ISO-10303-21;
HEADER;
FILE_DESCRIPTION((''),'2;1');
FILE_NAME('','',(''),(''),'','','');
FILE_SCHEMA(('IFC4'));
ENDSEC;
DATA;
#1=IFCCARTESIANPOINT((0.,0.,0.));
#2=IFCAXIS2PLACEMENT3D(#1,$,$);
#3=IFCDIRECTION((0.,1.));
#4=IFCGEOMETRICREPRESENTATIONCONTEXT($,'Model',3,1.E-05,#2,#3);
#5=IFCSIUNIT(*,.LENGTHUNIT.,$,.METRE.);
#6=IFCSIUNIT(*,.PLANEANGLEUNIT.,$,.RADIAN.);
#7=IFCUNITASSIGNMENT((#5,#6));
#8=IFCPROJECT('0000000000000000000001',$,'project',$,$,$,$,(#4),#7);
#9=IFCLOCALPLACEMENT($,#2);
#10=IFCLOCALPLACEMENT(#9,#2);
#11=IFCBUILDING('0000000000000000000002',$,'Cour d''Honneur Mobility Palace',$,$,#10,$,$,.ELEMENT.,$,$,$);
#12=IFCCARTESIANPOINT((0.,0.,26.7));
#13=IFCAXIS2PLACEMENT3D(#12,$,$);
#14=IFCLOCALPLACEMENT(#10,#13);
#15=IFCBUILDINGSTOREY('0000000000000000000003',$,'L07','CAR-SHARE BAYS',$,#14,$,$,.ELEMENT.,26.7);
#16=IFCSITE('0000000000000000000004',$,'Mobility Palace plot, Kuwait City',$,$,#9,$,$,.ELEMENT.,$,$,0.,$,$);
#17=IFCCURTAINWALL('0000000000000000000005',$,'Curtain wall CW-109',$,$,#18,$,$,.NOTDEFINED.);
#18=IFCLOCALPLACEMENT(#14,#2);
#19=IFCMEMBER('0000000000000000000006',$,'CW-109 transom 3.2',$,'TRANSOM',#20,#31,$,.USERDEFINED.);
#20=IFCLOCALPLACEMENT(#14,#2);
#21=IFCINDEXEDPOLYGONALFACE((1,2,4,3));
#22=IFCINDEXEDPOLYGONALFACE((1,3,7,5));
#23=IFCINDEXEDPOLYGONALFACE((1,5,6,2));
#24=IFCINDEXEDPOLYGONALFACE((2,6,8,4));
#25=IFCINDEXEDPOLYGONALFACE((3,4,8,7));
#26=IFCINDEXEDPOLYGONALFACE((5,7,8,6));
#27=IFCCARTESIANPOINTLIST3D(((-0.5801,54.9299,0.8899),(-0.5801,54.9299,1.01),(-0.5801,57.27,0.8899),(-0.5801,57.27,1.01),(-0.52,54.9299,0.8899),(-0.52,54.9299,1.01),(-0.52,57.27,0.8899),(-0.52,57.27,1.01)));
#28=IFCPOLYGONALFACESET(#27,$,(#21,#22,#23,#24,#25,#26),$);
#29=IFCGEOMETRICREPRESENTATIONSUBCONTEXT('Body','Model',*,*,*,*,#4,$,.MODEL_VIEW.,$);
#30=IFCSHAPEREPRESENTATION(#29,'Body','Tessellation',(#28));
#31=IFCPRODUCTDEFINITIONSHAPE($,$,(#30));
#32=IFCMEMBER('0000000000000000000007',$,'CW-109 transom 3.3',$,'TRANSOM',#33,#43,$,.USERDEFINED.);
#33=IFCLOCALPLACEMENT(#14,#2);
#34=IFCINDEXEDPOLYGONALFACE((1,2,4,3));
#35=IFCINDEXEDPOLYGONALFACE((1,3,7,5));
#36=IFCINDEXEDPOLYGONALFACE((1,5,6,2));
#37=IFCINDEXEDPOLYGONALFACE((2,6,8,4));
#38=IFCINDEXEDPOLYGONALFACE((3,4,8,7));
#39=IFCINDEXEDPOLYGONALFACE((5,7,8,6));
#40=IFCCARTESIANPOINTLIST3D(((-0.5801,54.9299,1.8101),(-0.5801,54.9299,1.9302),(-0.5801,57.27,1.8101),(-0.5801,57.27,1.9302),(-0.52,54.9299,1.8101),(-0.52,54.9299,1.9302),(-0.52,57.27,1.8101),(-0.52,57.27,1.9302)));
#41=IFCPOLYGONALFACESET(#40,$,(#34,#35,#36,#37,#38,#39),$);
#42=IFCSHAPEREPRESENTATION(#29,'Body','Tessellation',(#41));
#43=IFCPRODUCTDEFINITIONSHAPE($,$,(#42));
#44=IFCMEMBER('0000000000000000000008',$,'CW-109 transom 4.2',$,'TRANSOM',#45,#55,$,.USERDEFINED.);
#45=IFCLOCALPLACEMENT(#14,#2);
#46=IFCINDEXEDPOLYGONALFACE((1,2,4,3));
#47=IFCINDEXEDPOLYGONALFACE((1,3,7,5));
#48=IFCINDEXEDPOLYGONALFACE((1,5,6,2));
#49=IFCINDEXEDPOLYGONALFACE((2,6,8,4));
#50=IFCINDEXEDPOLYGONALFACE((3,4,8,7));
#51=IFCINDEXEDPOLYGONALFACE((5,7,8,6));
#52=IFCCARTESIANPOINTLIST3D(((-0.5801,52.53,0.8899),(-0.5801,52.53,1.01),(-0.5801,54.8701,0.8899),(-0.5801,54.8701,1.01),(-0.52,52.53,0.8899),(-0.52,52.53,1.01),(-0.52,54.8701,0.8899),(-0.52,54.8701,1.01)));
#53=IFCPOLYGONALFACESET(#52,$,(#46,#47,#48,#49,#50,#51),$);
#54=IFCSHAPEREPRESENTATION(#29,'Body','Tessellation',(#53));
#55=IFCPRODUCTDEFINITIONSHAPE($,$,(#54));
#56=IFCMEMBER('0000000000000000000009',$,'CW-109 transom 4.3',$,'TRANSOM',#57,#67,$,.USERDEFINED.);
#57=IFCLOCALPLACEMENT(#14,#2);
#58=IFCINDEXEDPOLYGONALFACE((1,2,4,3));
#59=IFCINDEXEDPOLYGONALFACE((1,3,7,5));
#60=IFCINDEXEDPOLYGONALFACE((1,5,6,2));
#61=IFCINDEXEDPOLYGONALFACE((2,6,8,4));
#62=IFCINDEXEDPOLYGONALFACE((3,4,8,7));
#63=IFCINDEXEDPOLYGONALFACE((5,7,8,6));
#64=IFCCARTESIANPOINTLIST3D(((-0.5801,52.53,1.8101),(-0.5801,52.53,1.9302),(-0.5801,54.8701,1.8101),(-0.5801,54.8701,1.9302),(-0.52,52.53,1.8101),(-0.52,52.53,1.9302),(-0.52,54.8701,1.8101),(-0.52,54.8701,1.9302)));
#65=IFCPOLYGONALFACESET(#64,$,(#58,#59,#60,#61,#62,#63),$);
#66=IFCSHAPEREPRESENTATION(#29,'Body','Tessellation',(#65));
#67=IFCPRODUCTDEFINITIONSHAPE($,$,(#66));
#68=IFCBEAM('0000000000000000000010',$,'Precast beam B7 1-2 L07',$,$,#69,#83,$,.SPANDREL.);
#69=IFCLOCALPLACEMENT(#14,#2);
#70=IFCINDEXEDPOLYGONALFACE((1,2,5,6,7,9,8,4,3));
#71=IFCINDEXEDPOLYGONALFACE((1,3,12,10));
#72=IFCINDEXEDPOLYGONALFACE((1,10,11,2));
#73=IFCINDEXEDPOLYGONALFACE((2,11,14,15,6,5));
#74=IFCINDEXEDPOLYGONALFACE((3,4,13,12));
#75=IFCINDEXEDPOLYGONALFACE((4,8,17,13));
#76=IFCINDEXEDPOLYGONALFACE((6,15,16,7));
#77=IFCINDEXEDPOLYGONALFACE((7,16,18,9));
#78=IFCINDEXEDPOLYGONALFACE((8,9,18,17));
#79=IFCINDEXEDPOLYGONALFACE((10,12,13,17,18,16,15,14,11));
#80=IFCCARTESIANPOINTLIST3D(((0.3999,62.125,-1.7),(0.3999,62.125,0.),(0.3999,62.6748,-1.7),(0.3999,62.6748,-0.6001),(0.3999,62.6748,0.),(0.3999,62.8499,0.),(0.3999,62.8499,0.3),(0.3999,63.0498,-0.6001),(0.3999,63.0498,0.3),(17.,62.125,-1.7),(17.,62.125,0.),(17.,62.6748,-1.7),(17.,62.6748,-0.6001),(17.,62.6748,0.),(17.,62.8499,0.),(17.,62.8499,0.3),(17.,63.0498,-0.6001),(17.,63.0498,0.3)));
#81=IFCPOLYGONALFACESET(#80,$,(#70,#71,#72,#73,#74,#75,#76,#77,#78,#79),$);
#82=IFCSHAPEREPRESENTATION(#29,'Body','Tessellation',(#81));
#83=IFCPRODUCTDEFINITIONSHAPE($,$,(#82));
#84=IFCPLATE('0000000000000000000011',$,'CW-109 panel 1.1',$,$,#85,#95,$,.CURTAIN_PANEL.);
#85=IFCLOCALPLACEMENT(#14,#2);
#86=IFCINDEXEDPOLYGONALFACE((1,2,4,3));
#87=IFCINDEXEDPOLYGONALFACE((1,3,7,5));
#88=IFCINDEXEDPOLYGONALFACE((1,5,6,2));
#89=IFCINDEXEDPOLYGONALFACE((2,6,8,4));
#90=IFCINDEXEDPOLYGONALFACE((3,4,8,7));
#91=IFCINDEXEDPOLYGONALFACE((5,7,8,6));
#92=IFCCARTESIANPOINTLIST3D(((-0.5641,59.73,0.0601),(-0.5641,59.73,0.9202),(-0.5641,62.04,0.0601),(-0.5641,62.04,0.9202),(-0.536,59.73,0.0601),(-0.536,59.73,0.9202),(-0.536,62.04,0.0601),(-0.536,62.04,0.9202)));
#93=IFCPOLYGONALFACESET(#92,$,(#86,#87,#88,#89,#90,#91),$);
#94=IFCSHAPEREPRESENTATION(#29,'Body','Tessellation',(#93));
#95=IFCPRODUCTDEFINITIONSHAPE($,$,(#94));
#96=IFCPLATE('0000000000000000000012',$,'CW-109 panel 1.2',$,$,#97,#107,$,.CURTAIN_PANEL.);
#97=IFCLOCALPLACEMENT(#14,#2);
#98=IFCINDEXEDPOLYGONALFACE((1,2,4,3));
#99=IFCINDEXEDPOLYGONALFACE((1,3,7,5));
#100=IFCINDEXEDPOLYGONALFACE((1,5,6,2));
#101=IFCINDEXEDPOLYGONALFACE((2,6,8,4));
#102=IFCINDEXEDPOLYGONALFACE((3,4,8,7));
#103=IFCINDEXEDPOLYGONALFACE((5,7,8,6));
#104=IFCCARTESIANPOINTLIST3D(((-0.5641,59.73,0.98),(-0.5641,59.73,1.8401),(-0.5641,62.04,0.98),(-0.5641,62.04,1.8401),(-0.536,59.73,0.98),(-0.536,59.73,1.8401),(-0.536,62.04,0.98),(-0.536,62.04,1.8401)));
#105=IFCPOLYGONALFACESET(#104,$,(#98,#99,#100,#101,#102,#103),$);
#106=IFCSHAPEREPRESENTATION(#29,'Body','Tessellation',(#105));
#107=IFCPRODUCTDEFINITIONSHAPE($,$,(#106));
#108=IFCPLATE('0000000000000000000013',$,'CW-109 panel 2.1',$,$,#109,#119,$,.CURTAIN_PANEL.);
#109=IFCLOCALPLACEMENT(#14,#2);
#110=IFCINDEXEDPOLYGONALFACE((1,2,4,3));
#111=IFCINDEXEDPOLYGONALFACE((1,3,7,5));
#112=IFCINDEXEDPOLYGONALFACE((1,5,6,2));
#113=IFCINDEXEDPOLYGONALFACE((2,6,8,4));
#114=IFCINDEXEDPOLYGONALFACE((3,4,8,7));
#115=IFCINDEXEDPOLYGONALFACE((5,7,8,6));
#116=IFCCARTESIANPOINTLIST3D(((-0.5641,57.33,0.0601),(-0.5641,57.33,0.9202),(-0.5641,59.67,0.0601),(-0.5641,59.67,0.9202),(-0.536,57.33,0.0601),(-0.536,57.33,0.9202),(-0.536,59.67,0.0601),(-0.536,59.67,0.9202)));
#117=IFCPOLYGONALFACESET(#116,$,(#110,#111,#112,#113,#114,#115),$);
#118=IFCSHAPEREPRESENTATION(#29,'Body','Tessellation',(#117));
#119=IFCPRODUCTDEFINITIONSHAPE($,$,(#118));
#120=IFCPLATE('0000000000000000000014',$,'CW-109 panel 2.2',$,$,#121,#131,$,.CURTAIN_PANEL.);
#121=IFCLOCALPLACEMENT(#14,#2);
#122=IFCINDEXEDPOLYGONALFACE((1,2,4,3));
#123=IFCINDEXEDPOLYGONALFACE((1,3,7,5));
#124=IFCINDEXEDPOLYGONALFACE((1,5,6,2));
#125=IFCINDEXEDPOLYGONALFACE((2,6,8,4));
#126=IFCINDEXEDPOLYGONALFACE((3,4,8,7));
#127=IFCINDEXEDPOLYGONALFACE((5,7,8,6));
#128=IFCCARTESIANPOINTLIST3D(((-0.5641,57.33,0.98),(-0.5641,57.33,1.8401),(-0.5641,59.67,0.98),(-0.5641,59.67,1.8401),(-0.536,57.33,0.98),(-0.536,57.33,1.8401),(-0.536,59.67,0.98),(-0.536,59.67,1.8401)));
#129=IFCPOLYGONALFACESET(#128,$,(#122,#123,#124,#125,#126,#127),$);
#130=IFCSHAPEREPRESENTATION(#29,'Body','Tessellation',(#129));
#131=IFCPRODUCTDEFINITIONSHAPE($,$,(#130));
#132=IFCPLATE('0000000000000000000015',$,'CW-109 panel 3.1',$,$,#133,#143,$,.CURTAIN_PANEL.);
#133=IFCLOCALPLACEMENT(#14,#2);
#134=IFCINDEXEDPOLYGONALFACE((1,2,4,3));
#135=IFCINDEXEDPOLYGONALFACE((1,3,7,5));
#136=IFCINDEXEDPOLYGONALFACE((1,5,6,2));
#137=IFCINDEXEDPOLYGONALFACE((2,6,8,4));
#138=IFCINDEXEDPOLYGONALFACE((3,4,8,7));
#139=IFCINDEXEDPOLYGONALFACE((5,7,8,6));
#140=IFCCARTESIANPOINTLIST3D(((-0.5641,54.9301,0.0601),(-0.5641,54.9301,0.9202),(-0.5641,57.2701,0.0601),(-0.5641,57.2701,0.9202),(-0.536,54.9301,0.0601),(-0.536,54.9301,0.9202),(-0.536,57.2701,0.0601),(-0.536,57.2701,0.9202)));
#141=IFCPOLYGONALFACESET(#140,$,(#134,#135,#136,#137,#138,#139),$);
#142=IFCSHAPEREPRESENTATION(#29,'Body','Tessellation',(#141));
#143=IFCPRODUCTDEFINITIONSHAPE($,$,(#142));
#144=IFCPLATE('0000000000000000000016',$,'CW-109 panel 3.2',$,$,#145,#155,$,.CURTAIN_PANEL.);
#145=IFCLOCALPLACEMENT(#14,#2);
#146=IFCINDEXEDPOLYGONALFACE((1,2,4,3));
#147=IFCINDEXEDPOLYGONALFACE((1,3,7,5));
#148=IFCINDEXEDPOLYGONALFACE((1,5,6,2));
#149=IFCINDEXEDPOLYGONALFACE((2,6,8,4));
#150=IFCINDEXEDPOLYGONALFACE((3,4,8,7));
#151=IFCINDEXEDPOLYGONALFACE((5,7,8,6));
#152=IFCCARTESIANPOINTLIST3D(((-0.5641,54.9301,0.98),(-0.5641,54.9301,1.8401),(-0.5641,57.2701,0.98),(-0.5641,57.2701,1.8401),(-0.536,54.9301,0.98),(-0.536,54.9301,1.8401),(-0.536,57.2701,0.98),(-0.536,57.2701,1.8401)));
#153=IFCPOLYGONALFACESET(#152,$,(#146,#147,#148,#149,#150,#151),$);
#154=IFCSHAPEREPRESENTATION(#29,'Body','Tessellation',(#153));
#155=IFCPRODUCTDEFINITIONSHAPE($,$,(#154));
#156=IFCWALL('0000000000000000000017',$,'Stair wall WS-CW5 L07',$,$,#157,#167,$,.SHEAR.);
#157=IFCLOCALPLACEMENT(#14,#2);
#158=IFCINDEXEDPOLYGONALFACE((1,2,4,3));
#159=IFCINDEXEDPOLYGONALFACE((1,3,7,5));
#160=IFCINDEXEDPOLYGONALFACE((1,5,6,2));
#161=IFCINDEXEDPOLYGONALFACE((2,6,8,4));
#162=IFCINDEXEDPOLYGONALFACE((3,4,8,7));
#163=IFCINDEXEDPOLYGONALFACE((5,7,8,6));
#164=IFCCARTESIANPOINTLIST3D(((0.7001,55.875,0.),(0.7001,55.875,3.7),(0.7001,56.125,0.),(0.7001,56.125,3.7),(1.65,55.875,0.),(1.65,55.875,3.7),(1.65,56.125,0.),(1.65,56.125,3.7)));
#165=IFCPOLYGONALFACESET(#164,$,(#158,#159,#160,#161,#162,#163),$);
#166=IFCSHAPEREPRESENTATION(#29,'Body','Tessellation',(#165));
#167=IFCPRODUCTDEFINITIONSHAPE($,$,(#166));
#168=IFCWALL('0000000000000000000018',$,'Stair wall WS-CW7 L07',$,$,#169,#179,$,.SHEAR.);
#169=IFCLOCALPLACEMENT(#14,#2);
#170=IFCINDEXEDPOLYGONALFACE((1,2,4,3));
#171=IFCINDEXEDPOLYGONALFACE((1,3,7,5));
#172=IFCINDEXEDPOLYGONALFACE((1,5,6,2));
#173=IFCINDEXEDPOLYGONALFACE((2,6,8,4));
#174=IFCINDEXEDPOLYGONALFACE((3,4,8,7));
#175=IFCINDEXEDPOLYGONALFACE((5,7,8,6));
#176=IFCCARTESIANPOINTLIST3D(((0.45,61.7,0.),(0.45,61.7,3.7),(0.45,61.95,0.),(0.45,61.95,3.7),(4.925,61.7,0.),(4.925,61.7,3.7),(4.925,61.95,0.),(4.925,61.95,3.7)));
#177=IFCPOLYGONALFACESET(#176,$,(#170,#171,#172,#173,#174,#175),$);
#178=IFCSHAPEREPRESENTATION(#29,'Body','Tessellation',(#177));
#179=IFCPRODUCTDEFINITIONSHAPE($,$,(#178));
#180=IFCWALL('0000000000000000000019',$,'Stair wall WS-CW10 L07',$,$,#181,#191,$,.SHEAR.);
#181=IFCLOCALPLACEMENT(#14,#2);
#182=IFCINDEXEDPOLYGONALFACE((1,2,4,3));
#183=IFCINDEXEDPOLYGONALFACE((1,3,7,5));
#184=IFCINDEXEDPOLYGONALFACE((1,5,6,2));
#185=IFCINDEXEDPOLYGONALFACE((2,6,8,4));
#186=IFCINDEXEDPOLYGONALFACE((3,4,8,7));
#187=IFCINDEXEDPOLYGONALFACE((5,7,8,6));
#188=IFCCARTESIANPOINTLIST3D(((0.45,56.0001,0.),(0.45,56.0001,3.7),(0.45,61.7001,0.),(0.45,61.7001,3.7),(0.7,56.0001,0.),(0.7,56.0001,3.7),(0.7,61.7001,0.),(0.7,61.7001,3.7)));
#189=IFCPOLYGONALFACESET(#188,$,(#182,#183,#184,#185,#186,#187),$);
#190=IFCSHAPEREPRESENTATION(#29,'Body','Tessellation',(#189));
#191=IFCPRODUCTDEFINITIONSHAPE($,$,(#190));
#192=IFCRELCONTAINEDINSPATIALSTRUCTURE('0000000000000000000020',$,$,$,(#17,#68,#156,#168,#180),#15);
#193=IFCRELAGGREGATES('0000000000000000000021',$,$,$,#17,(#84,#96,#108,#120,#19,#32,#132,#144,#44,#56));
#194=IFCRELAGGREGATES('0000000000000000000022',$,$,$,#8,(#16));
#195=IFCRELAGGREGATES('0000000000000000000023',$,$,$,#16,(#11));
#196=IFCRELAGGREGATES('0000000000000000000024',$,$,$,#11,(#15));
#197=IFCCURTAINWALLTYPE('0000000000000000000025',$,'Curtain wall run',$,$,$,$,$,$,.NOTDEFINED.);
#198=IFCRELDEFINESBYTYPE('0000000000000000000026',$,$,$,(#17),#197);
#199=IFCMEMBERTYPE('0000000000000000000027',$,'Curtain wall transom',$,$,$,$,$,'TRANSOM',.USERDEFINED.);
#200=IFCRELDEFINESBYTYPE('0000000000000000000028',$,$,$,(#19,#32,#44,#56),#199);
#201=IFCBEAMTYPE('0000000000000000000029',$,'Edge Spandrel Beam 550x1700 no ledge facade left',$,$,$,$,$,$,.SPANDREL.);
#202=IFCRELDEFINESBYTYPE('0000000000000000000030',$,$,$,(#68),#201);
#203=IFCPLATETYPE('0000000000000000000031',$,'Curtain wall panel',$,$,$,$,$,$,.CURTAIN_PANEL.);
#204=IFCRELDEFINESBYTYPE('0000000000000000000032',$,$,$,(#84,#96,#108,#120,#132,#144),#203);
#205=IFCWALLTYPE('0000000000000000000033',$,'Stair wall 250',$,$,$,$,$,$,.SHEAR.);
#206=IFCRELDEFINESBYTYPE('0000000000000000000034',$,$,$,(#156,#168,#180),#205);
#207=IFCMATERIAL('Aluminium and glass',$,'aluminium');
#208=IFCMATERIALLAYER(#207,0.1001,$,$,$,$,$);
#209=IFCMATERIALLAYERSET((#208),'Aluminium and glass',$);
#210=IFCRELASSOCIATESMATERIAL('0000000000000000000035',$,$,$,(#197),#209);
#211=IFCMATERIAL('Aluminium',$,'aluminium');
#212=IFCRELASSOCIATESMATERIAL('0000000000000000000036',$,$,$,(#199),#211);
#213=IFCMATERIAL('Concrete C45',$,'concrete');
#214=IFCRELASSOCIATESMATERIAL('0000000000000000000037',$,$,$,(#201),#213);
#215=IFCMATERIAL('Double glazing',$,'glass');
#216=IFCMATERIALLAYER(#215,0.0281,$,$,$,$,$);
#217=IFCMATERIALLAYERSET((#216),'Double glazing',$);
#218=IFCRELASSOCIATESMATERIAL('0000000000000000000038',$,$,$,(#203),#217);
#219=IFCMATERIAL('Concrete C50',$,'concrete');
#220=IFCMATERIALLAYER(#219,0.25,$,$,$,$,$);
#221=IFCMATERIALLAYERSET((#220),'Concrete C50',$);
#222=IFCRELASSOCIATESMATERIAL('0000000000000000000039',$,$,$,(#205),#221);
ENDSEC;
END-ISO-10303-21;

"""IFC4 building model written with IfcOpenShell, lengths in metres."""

from ifc_helpers import new_model, si_unit, direction, frame, frame_2d, origin, origin_2d, place, context, subcontext, project, spatial, polyline, rectangle, outline, extrude, material, layer, layer_set, material_profile, profile_set, type_object, element, aggregate, save


model = new_model("IFC4")

# Units and contexts
model_context = context("Model", 3, precision=1e-05, world=origin(), true_north=direction((0.0, 1.0)))
body_context = subcontext(model_context, "Body", "Model", "MODEL_VIEW")
ifc_project = project(units=[si_unit("LENGTHUNIT", "METRE"), si_unit("PLANEANGLEUNIT", "RADIAN")], contexts=[model_context])

# Site, building, storey
site_placement = place(None, origin())
site = spatial("IfcSite", under=ifc_project, at=site_placement, Name="Mobility Palace plot, Kuwait City", CompositionType="ELEMENT", RefElevation=0.0)
building_placement = place(site_placement, origin())
building = spatial("IfcBuilding", under=site, at=building_placement, Name="Cour d'Honneur Mobility Palace", CompositionType="ELEMENT")
storey_placement = place(building_placement, frame((0.0, 0.0, 26.7)))
storey = spatial("IfcBuildingStorey", under=building, at=storey_placement, Name="L07", Description="CAR-SHARE BAYS", CompositionType="ELEMENT", Elevation=26.7)

# Shared definitions
ifc_material_1 = material(Name="Aluminium and glass", Category="aluminium")
ifc_layer_1 = layer(ifc_material_1, 0.1001)
ifc_layer_set_1 = layer_set([ifc_layer_1], Name="Aluminium and glass")
curtain_wall_type = type_object("IfcCurtainWallType", Name="Curtain wall run", PredefinedType="NOTDEFINED", material=ifc_layer_set_1)

# Curtain wall, members
curtain_wall_1_placement = place(storey_placement, origin())
curtain_wall_1 = element("IfcCurtainWall", 1, at=curtain_wall_1_placement, inside=storey, type_object=curtain_wall_type, Name="Curtain wall CW-109", PredefinedType="NOTDEFINED")
ifc_material_2 = material(Name="Aluminium", Category="aluminium")
ifc_material_profile_1 = material_profile(ifc_material_2, rectangle(XDim=0.0601, YDim=0.1201, at=origin_2d()), Name="Curtain wall transom")
ifc_profile_set_1 = profile_set([ifc_material_profile_1], Name="Aluminium")
member_type_1 = type_object("IfcMemberType", Name="Curtain wall transom", ElementType="TRANSOM", PredefinedType="USERDEFINED", material=ifc_profile_set_1)
member_1_placement = place(storey_placement, frame((-0.55, 57.27, 0.95), z_axis=(0.0, -1.0, 0.0), x_axis=(1.0, 0.0, 0.0)))
member_1 = element("IfcMember", 2, at=member_1_placement, type_object=member_type_1, Name="CW-109 transom 3.2", ObjectType="TRANSOM", PredefinedType="USERDEFINED", context=body_context, shape_type="SweptSolid", body=[
    extrude(rectangle(XDim=0.0601, YDim=0.1201, at=origin_2d()), origin(), (0.0, 0.0, 1.0), 2.3401),
])
member_2_placement = place(storey_placement, frame((-0.55, 57.27, 1.8701), z_axis=(0.0, -1.0, 0.0), x_axis=(1.0, 0.0, 0.0)))
member_2 = element("IfcMember", 3, at=member_2_placement, type_object=member_type_1, Name="CW-109 transom 3.3", ObjectType="TRANSOM", PredefinedType="USERDEFINED", context=body_context, shape_type="SweptSolid", body=[
    extrude(rectangle(XDim=0.0601, YDim=0.1201, at=origin_2d()), origin(), (0.0, 0.0, 1.0), 2.3401),
])
member_3_placement = place(storey_placement, frame((-0.55, 54.8701, 0.95), z_axis=(0.0, -1.0, 0.0), x_axis=(1.0, 0.0, 0.0)))
member_3 = element("IfcMember", 4, at=member_3_placement, type_object=member_type_1, Name="CW-109 transom 4.2", ObjectType="TRANSOM", PredefinedType="USERDEFINED", context=body_context, shape_type="SweptSolid", body=[
    extrude(rectangle(XDim=0.0601, YDim=0.1201, at=origin_2d()), origin(), (0.0, 0.0, 1.0), 2.3401),
])
member_4_placement = place(storey_placement, frame((-0.55, 54.8701, 1.8701), z_axis=(0.0, -1.0, 0.0), x_axis=(1.0, 0.0, 0.0)))
member_4 = element("IfcMember", 5, at=member_4_placement, type_object=member_type_1, Name="CW-109 transom 4.3", ObjectType="TRANSOM", PredefinedType="USERDEFINED", context=body_context, shape_type="SweptSolid", body=[
    extrude(rectangle(XDim=0.0601, YDim=0.1201, at=origin_2d()), origin(), (0.0, 0.0, 1.0), 2.3401),
])

# Beam
ifc_material_3 = material(Name="Concrete C45", Category="concrete")
ifc_material_profile_2 = material_profile(ifc_material_3, outline(polyline([(0.2749, -1.7), (0.2749, -0.6001), (0.6499, -0.6001), (0.6499, 0.3), (0.45, 0.3), (0.45, 0.0), (0.2749, 0.0), (-0.2749, 0.0), (-0.2749, -1.7), (0.2749, -1.7)])), Name="Edge Spandrel Beam 550x1700 no ledge facade left")
ifc_profile_set_2 = profile_set([ifc_material_profile_2], Name="Concrete C45")
beam_type = type_object("IfcBeamType", Name="Edge Spandrel Beam 550x1700 no ledge facade left", PredefinedType="SPANDREL", material=ifc_profile_set_2)
beam_placement = place(storey_placement, frame((0.3999, 62.3999, 0.0), z_axis=(1.0, 0.0, 0.0), x_axis=(0.0, 1.0, 0.0)))
element("IfcBeam", 6, at=beam_placement, inside=storey, type_object=beam_type, Name="Precast beam B7 1-2 L07", PredefinedType="SPANDREL", context=body_context, shape_type="SweptSolid", body=[
    extrude(outline(polyline([(0.2749, -1.7), (0.2749, -0.6001), (0.6499, -0.6001), (0.6499, 0.3), (0.45, 0.3), (0.45, 0.0), (0.2749, 0.0), (-0.2749, 0.0), (-0.2749, -1.7), (0.2749, -1.7)])), origin(), (0.0, 0.0, 1.0), 16.6001),
])

# Plates
ifc_material_4 = material(Name="Double glazing", Category="glass")
ifc_layer_2 = layer(ifc_material_4, 0.0281)
ifc_layer_set_2 = layer_set([ifc_layer_2], Name="Double glazing")
plate_type = type_object("IfcPlateType", Name="Curtain wall panel", PredefinedType="CURTAIN_PANEL", material=ifc_layer_set_2)
plate_1_placement = place(storey_placement, frame((-0.55, 60.885, 0.0601), z_axis=(0.0, 0.0, 1.0), x_axis=(0.0, -1.0, 0.0)))
plate_1 = element("IfcPlate", 7, at=plate_1_placement, type_object=plate_type, Name="CW-109 panel 1.1", PredefinedType="CURTAIN_PANEL", context=body_context, shape_type="SweptSolid", body=[
    extrude(rectangle(XDim=2.3101, YDim=0.0281, at=origin_2d()), origin(), (0.0, 0.0, 1.0), 0.8601),
])
plate_2_placement = place(storey_placement, frame((-0.55, 60.885, 0.98), z_axis=(0.0, 0.0, 1.0), x_axis=(0.0, -1.0, 0.0)))
plate_2 = element("IfcPlate", 8, at=plate_2_placement, type_object=plate_type, Name="CW-109 panel 1.2", PredefinedType="CURTAIN_PANEL", context=body_context, shape_type="SweptSolid", body=[
    extrude(rectangle(XDim=2.3101, YDim=0.0281, at=origin_2d()), origin(), (0.0, 0.0, 1.0), 0.8601),
])
plate_3_placement = place(storey_placement, frame((-0.55, 58.5, 0.0601), z_axis=(0.0, 0.0, 1.0), x_axis=(0.0, -1.0, 0.0)))
plate_3 = element("IfcPlate", 9, at=plate_3_placement, type_object=plate_type, Name="CW-109 panel 2.1", PredefinedType="CURTAIN_PANEL", context=body_context, shape_type="SweptSolid", body=[
    extrude(rectangle(XDim=2.3401, YDim=0.0281, at=origin_2d()), origin(), (0.0, 0.0, 1.0), 0.8601),
])
plate_4_placement = place(storey_placement, frame((-0.55, 58.5, 0.98), z_axis=(0.0, 0.0, 1.0), x_axis=(0.0, -1.0, 0.0)))
plate_4 = element("IfcPlate", 10, at=plate_4_placement, type_object=plate_type, Name="CW-109 panel 2.2", PredefinedType="CURTAIN_PANEL", context=body_context, shape_type="SweptSolid", body=[
    extrude(rectangle(XDim=2.3401, YDim=0.0281, at=origin_2d()), origin(), (0.0, 0.0, 1.0), 0.8601),
])
plate_5_placement = place(storey_placement, frame((-0.55, 56.1001, 0.0601), z_axis=(0.0, 0.0, 1.0), x_axis=(0.0, -1.0, 0.0)))
plate_5 = element("IfcPlate", 11, at=plate_5_placement, type_object=plate_type, Name="CW-109 panel 3.1", PredefinedType="CURTAIN_PANEL", context=body_context, shape_type="SweptSolid", body=[
    extrude(rectangle(XDim=2.3401, YDim=0.0281, at=origin_2d()), origin(), (0.0, 0.0, 1.0), 0.8601),
])
plate_6_placement = place(storey_placement, frame((-0.55, 56.1001, 0.98), z_axis=(0.0, 0.0, 1.0), x_axis=(0.0, -1.0, 0.0)))
plate_6 = element("IfcPlate", 12, at=plate_6_placement, type_object=plate_type, Name="CW-109 panel 3.2", PredefinedType="CURTAIN_PANEL", context=body_context, shape_type="SweptSolid", body=[
    extrude(rectangle(XDim=2.3401, YDim=0.0281, at=origin_2d()), origin(), (0.0, 0.0, 1.0), 0.8601),
])
aggregate(curtain_wall_1, [plate_1, plate_2, plate_3, plate_4, member_1, member_2, plate_5, plate_6, member_3, member_4])

# Walls
ifc_material_5 = material(Name="Concrete C50", Category="concrete")
ifc_layer_3 = layer(ifc_material_5, 0.25)
ifc_layer_set_3 = layer_set([ifc_layer_3], Name="Concrete C50")
wall_type = type_object("IfcWallType", Name="Stair wall 250", PredefinedType="SHEAR", material=ifc_layer_set_3)
wall_1_placement = place(storey_placement, frame((0.7, 56.0, 0.0), z_axis=(0.0, 0.0, 1.0), x_axis=(1.0, 0.0, 0.0)))
element("IfcWall", 13, at=wall_1_placement, inside=storey, type_object=wall_type, Name="Stair wall WS-CW5 L07", PredefinedType="SHEAR", context=body_context, shape_type="SweptSolid", body=[
    extrude(rectangle(XDim=0.95, YDim=0.25, at=frame_2d((0.4751, 0.0))), origin(), (0.0, 0.0, 1.0), 3.7),
])
wall_2_placement = place(storey_placement, frame((0.45, 61.825, 0.0), z_axis=(0.0, 0.0, 1.0), x_axis=(1.0, 0.0, 0.0)))
element("IfcWall", 14, at=wall_2_placement, inside=storey, type_object=wall_type, Name="Stair wall WS-CW7 L07", PredefinedType="SHEAR", context=body_context, shape_type="SweptSolid", body=[
    extrude(rectangle(XDim=4.4751, YDim=0.25, at=frame_2d((2.2375, 0.0))), origin(), (0.0, 0.0, 1.0), 3.7),
])
wall_3_placement = place(storey_placement, frame((0.575, 56.0, 0.0), z_axis=(0.0, 0.0, 1.0), x_axis=(0.0, 1.0, 0.0)))
element("IfcWall", 15, at=wall_3_placement, inside=storey, type_object=wall_type, Name="Stair wall WS-CW10 L07", PredefinedType="SHEAR", context=body_context, shape_type="SweptSolid", body=[
    extrude(rectangle(XDim=5.7, YDim=0.25, at=frame_2d((2.8501, 0.0))), origin(), (0.0, 0.0, 1.0), 3.7),
])

save(model, "model.ifc")
